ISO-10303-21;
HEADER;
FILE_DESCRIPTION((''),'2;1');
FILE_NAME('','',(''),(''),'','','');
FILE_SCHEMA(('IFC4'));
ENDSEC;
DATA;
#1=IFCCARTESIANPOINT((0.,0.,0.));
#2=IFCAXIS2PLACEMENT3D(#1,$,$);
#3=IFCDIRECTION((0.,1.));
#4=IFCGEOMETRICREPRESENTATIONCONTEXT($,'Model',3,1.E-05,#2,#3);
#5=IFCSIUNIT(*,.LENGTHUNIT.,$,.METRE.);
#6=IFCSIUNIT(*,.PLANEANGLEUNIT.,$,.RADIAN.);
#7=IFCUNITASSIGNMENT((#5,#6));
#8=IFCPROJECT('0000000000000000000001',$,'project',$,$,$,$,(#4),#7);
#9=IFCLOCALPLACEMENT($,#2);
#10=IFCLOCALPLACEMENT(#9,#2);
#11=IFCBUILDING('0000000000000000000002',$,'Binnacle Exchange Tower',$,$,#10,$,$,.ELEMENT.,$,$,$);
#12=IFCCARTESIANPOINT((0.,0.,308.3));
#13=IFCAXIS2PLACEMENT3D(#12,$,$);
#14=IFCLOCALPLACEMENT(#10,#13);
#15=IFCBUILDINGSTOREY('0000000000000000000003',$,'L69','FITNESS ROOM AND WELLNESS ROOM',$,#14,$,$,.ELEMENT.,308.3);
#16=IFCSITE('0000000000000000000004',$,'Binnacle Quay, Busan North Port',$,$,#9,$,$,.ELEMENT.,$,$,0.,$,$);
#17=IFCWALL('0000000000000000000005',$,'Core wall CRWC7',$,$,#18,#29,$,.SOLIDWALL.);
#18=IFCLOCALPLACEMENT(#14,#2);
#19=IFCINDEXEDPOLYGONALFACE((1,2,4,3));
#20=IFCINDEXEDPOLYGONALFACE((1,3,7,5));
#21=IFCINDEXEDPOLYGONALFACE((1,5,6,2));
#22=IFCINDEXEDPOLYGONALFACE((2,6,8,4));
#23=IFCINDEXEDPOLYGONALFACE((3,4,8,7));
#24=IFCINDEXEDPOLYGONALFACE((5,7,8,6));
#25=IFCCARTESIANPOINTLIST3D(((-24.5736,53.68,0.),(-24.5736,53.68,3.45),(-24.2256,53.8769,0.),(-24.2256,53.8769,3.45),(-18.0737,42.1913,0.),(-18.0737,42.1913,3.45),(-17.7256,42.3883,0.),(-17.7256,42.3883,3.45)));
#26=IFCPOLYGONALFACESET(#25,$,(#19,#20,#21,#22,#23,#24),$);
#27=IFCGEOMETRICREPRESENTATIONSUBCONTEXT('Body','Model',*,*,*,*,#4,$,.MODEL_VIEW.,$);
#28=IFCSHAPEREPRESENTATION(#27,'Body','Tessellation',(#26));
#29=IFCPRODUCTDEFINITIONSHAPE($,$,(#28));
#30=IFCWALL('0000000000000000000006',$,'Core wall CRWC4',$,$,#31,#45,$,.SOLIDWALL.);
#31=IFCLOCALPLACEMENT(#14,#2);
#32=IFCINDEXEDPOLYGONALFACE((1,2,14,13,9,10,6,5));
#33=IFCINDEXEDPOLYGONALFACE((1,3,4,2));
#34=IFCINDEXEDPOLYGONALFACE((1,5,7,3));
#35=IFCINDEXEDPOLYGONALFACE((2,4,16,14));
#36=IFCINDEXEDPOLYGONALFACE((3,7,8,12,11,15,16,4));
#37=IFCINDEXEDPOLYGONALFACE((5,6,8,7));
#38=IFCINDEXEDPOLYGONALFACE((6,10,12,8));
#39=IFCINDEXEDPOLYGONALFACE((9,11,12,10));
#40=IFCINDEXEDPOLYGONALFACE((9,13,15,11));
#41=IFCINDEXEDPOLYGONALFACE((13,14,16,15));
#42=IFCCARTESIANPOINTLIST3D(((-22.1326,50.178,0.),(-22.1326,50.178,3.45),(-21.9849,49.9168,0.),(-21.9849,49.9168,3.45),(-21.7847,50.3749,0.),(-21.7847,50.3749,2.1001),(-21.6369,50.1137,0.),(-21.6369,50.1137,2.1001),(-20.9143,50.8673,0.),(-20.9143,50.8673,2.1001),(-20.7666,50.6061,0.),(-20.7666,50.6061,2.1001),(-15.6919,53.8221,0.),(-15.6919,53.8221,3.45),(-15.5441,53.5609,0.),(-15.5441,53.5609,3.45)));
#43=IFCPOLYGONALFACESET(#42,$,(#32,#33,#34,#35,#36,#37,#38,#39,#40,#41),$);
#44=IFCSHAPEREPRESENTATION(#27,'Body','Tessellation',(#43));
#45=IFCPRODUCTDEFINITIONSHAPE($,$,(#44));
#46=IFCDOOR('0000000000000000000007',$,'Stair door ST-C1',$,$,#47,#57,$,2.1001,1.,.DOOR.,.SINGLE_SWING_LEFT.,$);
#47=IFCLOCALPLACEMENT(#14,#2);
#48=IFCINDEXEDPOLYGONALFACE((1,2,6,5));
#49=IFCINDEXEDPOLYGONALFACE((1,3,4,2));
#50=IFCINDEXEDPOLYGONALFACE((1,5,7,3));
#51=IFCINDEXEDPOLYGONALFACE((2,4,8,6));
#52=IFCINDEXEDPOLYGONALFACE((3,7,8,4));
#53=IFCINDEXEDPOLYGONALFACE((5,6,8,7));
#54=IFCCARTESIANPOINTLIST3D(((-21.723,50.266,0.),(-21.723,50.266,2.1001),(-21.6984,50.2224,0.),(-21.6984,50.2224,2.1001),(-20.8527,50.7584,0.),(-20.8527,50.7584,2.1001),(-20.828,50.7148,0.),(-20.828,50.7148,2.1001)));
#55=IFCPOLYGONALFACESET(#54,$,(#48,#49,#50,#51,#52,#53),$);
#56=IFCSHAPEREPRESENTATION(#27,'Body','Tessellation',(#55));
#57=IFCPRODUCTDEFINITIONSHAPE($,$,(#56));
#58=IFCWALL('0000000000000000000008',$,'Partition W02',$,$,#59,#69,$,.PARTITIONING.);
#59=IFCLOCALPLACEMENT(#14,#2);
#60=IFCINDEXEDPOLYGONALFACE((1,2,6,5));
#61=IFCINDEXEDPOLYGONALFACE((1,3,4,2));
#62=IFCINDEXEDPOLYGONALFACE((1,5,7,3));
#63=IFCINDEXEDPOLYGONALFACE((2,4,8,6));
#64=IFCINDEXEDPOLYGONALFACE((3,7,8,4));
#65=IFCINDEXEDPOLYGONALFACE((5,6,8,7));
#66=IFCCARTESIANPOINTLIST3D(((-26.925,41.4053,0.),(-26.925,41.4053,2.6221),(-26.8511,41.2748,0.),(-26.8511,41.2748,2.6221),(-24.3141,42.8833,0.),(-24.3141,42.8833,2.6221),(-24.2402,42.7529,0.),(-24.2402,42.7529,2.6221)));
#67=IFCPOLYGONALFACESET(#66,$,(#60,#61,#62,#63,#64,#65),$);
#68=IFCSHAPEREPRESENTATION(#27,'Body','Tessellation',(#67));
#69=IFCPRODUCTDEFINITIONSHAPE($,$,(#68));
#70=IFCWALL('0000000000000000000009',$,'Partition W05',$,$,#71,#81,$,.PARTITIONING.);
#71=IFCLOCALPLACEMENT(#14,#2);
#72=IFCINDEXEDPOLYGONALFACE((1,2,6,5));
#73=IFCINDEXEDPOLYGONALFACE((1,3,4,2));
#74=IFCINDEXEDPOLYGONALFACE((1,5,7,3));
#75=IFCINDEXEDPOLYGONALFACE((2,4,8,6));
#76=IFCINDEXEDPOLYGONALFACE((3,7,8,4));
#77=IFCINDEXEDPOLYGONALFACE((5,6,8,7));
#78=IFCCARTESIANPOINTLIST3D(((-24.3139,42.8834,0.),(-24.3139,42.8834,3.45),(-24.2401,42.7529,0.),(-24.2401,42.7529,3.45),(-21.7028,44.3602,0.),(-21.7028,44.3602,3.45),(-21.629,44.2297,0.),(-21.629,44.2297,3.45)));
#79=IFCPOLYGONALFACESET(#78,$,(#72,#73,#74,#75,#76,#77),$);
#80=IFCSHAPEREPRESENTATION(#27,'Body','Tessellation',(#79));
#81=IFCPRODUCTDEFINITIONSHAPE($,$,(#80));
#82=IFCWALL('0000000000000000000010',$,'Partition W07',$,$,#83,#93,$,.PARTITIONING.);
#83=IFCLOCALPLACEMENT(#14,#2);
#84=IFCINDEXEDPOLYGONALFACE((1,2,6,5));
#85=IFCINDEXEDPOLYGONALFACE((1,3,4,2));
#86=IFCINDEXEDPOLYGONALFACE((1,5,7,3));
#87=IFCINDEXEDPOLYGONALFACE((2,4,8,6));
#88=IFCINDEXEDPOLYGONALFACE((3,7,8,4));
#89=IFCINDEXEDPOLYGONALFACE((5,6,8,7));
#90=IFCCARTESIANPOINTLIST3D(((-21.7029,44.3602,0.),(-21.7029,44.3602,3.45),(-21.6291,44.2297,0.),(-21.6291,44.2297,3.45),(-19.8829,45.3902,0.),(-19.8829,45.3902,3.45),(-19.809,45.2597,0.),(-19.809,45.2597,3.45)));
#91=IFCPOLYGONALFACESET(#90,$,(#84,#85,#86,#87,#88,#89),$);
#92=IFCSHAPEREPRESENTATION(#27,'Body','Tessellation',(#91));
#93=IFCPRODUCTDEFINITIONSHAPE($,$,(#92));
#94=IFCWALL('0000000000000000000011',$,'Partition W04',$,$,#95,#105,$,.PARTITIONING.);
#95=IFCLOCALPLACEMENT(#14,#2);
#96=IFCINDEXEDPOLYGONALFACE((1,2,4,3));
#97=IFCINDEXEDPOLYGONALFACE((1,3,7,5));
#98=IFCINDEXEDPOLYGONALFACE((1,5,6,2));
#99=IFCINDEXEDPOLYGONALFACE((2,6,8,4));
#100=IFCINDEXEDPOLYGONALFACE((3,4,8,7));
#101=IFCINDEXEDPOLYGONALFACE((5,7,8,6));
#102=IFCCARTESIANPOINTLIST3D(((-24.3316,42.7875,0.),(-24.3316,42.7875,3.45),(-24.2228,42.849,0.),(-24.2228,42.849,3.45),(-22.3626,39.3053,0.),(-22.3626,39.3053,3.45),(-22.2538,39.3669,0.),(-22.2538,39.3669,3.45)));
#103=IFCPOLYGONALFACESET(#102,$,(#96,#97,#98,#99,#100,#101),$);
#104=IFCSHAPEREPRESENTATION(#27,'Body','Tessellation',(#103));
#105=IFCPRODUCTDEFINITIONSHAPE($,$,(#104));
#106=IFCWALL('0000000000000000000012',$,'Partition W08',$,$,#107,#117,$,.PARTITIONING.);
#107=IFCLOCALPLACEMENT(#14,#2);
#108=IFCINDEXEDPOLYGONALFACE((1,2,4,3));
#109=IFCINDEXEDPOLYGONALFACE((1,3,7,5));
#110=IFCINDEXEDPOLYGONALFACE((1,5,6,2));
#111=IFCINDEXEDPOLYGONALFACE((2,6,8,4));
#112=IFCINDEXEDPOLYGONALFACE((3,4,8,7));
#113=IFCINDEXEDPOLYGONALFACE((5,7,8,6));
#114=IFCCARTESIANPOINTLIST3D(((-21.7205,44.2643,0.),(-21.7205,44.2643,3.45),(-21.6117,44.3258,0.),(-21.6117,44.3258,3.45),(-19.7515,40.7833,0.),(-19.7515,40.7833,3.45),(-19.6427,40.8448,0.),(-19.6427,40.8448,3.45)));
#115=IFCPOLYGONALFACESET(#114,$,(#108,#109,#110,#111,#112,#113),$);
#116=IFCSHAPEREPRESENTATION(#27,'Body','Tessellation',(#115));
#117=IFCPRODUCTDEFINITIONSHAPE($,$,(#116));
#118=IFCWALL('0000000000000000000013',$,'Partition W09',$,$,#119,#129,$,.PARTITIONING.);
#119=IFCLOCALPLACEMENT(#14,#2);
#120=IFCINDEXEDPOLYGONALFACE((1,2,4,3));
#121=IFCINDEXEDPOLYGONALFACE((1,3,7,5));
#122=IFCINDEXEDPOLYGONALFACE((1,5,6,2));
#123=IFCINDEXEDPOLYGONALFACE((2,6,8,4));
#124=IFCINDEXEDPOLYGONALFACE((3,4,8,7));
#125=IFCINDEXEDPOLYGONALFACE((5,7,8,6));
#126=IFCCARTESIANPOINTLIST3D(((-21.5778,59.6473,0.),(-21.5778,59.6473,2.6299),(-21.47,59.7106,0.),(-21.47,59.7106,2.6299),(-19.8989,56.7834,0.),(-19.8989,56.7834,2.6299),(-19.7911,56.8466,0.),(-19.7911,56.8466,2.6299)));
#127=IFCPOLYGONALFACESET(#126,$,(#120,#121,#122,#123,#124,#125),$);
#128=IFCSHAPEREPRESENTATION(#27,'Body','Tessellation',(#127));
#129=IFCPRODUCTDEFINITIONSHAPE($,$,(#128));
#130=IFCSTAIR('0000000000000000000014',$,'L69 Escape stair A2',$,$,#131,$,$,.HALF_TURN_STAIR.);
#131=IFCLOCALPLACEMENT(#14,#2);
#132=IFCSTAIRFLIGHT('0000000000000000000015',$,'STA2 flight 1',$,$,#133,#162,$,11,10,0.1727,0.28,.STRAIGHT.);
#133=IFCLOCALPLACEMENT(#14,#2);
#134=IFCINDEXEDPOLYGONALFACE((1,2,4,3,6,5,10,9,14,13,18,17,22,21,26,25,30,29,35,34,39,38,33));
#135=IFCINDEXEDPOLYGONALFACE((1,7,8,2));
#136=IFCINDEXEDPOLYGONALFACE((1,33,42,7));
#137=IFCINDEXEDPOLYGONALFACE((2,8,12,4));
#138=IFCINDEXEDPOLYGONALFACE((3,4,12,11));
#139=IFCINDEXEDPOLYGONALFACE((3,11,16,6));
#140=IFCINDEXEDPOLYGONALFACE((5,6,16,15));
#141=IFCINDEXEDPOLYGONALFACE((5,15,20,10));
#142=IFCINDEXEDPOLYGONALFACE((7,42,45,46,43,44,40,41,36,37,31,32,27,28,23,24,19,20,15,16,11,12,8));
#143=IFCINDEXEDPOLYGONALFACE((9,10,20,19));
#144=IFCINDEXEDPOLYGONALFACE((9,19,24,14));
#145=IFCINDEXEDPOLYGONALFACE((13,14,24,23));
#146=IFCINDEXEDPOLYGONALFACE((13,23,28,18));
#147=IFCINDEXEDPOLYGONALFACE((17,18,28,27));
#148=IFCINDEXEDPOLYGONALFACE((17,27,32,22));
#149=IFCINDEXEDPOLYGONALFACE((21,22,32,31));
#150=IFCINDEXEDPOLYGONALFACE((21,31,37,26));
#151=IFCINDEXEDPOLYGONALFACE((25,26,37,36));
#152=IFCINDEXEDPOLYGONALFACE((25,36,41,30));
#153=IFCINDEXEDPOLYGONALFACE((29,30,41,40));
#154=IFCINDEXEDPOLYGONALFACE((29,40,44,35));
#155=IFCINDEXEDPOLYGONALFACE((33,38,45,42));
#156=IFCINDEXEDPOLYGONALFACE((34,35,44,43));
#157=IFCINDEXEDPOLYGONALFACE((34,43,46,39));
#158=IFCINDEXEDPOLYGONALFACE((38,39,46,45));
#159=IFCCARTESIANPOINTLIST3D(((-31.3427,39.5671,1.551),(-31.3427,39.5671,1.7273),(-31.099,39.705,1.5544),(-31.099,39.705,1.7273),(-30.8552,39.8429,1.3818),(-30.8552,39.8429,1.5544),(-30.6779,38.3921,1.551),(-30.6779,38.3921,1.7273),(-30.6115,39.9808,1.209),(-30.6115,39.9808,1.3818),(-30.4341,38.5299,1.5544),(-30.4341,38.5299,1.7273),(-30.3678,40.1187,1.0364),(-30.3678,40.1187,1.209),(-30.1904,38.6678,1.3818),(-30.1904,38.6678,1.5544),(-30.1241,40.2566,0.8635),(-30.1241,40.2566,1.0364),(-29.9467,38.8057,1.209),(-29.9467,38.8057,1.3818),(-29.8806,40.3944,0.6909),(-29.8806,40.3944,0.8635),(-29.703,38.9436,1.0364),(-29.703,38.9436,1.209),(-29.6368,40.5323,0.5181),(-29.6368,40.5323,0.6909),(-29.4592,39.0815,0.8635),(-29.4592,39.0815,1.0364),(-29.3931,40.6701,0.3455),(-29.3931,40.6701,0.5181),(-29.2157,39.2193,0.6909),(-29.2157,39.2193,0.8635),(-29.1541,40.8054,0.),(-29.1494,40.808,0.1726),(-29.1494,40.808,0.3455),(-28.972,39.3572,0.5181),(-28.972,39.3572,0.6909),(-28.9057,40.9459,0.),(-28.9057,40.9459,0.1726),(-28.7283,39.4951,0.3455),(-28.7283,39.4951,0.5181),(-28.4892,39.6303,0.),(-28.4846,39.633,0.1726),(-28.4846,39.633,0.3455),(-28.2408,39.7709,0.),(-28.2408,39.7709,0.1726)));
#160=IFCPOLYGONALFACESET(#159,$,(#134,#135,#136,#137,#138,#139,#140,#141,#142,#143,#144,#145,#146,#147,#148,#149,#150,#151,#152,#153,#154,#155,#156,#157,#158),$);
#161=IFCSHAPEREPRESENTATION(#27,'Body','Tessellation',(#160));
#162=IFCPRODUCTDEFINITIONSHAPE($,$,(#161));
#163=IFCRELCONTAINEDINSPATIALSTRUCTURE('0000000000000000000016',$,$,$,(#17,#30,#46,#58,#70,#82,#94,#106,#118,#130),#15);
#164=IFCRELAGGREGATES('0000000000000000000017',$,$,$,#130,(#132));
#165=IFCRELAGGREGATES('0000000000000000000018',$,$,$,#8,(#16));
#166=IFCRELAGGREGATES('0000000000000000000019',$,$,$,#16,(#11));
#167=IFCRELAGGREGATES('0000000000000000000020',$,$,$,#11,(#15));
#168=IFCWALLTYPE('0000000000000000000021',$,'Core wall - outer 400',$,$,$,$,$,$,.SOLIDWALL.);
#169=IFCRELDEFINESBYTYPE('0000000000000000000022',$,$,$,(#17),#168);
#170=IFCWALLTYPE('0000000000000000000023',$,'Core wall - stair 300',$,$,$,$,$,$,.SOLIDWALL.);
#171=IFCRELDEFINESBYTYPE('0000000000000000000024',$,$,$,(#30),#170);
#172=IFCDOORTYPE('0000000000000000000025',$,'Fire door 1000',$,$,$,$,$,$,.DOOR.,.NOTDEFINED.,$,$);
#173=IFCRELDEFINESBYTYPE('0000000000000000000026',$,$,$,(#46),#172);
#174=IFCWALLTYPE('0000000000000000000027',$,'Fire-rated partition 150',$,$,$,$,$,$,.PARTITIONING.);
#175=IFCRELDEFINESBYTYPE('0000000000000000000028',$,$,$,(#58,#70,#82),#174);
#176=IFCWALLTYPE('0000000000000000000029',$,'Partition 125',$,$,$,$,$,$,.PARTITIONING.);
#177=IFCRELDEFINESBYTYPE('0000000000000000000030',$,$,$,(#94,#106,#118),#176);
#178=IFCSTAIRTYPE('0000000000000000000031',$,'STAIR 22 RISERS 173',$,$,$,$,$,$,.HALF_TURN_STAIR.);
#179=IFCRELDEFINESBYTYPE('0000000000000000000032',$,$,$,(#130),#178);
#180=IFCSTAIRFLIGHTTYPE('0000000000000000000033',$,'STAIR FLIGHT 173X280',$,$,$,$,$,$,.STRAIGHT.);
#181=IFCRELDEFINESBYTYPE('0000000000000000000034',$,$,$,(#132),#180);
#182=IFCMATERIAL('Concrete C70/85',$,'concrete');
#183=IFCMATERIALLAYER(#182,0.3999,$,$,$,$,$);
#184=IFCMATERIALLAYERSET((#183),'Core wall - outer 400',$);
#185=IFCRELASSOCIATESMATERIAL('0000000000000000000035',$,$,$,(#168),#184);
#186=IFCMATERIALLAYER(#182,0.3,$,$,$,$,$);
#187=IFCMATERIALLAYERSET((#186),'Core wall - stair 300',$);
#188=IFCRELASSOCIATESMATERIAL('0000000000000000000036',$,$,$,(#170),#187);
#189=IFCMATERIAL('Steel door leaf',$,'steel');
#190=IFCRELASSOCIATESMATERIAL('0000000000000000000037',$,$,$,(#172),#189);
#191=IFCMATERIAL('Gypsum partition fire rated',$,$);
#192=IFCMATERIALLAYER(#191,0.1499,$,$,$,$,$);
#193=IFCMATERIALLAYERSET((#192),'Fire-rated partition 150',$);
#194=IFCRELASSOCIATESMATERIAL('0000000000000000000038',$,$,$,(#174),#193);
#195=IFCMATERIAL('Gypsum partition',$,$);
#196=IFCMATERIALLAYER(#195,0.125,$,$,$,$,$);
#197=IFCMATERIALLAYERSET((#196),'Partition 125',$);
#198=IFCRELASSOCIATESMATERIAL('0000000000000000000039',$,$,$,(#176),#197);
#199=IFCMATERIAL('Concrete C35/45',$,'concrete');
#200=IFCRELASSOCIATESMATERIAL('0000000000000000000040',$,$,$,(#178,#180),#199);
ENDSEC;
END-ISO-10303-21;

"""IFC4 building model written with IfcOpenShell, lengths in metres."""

from ifc_helpers import new_model, si_unit, direction, frame, frame_2d, origin, place, context, subcontext, project, spatial, polyline, rectangle, outline, extrude, material, layer, layer_set, type_object, element, fill, aggregate, save


model = new_model("IFC4")

# Units and contexts
model_context = context("Model", 3, precision=1e-05, world=origin(), true_north=direction((0.0, 1.0)))
body_context = subcontext(model_context, "Body", "Model", "MODEL_VIEW")
ifc_project = project(units=[si_unit("LENGTHUNIT", "METRE"), si_unit("PLANEANGLEUNIT", "RADIAN")], contexts=[model_context])

# Site, building, storey
site_placement = place(None, origin())
site = spatial("IfcSite", under=ifc_project, at=site_placement, Name="Binnacle Quay, Busan North Port", CompositionType="ELEMENT", RefElevation=0.0)
building_placement = place(site_placement, origin())
building = spatial("IfcBuilding", under=site, at=building_placement, Name="Binnacle Exchange Tower", CompositionType="ELEMENT")
storey_placement = place(building_placement, frame((0.0, 0.0, 308.3)))
storey = spatial("IfcBuildingStorey", under=building, at=storey_placement, Name="L69", Description="FITNESS ROOM AND WELLNESS ROOM", CompositionType="ELEMENT", Elevation=308.3)

# Wall
ifc_material_1 = material(Name="Concrete C70/85", Category="concrete")
ifc_layer_1 = layer(ifc_material_1, 0.3999)
ifc_layer_set_1 = layer_set([ifc_layer_1], Name="Core wall - outer 400")
wall_type_1 = type_object("IfcWallType", Name="Core wall - outer 400", PredefinedType="SOLIDWALL", material=ifc_layer_set_1)
wall_1_placement = place(storey_placement, frame((-24.3997, 53.7786, 0.0), z_axis=(0.0, 0.0, 1.0), x_axis=(0.492422, -0.870357, 0.0)))
element("IfcWall", 1, at=wall_1_placement, inside=storey, type_object=wall_type_1, Name="Core wall CRWC7", PredefinedType="SOLIDWALL", context=body_context, shape_type="SweptSolid", body=[
    extrude(rectangle(XDim=13.2, YDim=0.3999, at=frame_2d((6.6001, 0.0))), origin(), (0.0, 0.0, 1.0), 3.45),
])

# Wall, opening, door
ifc_layer_2 = layer(ifc_material_1, 0.3)
ifc_layer_set_2 = layer_set([ifc_layer_2], Name="Core wall - stair 300")
wall_type_2 = type_object("IfcWallType", Name="Core wall - stair 300", PredefinedType="SOLIDWALL", material=ifc_layer_set_2)
wall_2_placement = place(storey_placement, frame((-22.0588, 50.0474, 0.0), z_axis=(0.0, 0.0, 1.0), x_axis=(0.870351, 0.492432, 0.0)))
wall_2 = element("IfcWall", 2, at=wall_2_placement, inside=storey, type_object=wall_type_2, Name="Core wall CRWC4", PredefinedType="SOLIDWALL", context=body_context, shape_type="SweptSolid", body=[
    extrude(rectangle(XDim=7.4001, YDim=0.3, at=frame_2d((3.7002, 0.0))), origin(), (0.0, 0.0, 1.0), 3.45),
])
opening_placement = place(wall_2_placement, frame((0.3999, 0.0, 0.0)))
opening = element("IfcOpeningElement", 3, at=opening_placement, cuts=wall_2, PredefinedType="OPENING", context=body_context, shape_type="SweptSolid", body=[
    extrude(rectangle(XDim=1.0, YDim=2.1001, at=frame_2d((0.5, 1.05))), frame((0.0, 0.1599, 0.0), z_axis=(0.0, -1.0, 0.0), x_axis=(1.0, 0.0, 0.0)), (0.0, 0.0, 1.0), 0.3201),
])
ifc_material_2 = material(Name="Steel door leaf", Category="steel")
door_type = type_object("IfcDoorType", Name="Fire door 1000", OperationType="NOTDEFINED", PredefinedType="DOOR", material=ifc_material_2)
door_placement = place(opening_placement, origin())
door = element("IfcDoor", 4, at=door_placement, inside=storey, type_object=door_type, Name="Stair door ST-C1", OperationType="SINGLE_SWING_LEFT", OverallHeight=2.1001, OverallWidth=1.0, PredefinedType="DOOR", context=body_context, shape_type="SweptSolid", body=[
    extrude(rectangle(XDim=1.0, YDim=2.1001, at=frame_2d((0.5, 1.05))), frame((0.0, 0.0249, 0.0), z_axis=(0.0, -1.0, 0.0), x_axis=(1.0, 0.0, 0.0)), (0.0, 0.0, 1.0), 0.05),
])
fill(opening, door)

# Walls
ifc_material_3 = material(Name="Gypsum partition fire rated")
ifc_layer_3 = layer(ifc_material_3, 0.1499)
ifc_layer_set_3 = layer_set([ifc_layer_3], Name="Fire-rated partition 150")
wall_type_3 = type_object("IfcWallType", Name="Fire-rated partition 150", PredefinedType="PARTITIONING", material=ifc_layer_set_3)
wall_3_placement = place(storey_placement, frame((-26.8879, 41.3401, 0.0), z_axis=(0.0, 0.0, 1.0), x_axis=(0.870229, 0.492647, 0.0)))
element("IfcWall", 5, at=wall_3_placement, inside=storey, type_object=wall_type_3, Name="Partition W02", PredefinedType="PARTITIONING", context=body_context, shape_type="SweptSolid", body=[
    extrude(rectangle(XDim=3.0002, YDim=0.1499, at=frame_2d((1.5, 0.0))), origin(), (0.0, 0.0, 1.0), 2.6221),
])
wall_4_placement = place(storey_placement, frame((-24.2771, 42.8181, 0.0), z_axis=(0.0, 0.0, 1.0), x_axis=(0.870423, 0.492304, 0.0)))
element("IfcWall", 6, at=wall_4_placement, inside=storey, type_object=wall_type_3, Name="Partition W05", PredefinedType="PARTITIONING", context=body_context, shape_type="SweptSolid", body=[
    extrude(rectangle(XDim=2.9998, YDim=0.1499, at=frame_2d((1.5, 0.0))), origin(), (0.0, 0.0, 1.0), 3.45),
])
wall_5_placement = place(storey_placement, frame((-21.666, 44.2949, 0.0), z_axis=(0.0, 0.0, 1.0), x_axis=(0.870297, 0.492526, 0.0)))
element("IfcWall", 7, at=wall_5_placement, inside=storey, type_object=wall_type_3, Name="Partition W07", PredefinedType="PARTITIONING", context=body_context, shape_type="SweptSolid", body=[
    extrude(rectangle(XDim=2.0913, YDim=0.1499, at=frame_2d((1.0457, 0.0))), origin(), (0.0, 0.0, 1.0), 3.45),
])
ifc_material_4 = material(Name="Gypsum partition")
ifc_layer_4 = layer(ifc_material_4, 0.125)
ifc_layer_set_4 = layer_set([ifc_layer_4], Name="Partition 125")
wall_type_4 = type_object("IfcWallType", Name="Partition 125", PredefinedType="PARTITIONING", material=ifc_layer_set_4)
wall_6_placement = place(storey_placement, frame((-24.2771, 42.8181, 0.0), z_axis=(0.0, 0.0, 1.0), x_axis=(0.49221, -0.870476, 0.0)))
element("IfcWall", 8, at=wall_6_placement, inside=storey, type_object=wall_type_4, Name="Partition W04", PredefinedType="PARTITIONING", context=body_context, shape_type="SweptSolid", body=[
    extrude(rectangle(XDim=4.0002, YDim=0.125, at=frame_2d((2.0, 0.0))), origin(), (0.0, 0.0, 1.0), 3.45),
])
wall_7_placement = place(storey_placement, frame((-21.666, 44.2949, 0.0), z_axis=(0.0, 0.0, 1.0), x_axis=(0.492341, -0.870402, 0.0)))
element("IfcWall", 9, at=wall_7_placement, inside=storey, type_object=wall_type_4, Name="Partition W08", PredefinedType="PARTITIONING", context=body_context, shape_type="SweptSolid", body=[
    extrude(rectangle(XDim=3.9993, YDim=0.125, at=frame_2d((1.9995, 0.0))), origin(), (0.0, 0.0, 1.0), 3.45),
])
wall_8_placement = place(storey_placement, frame((-21.5239, 59.679, 0.0), z_axis=(0.0, 0.0, 1.0), x_axis=(0.505731, -0.862691, 0.0)))
element("IfcWall", 10, at=wall_8_placement, inside=storey, type_object=wall_type_4, Name="Partition W09", PredefinedType="PARTITIONING", context=body_context, shape_type="SweptSolid", body=[
    extrude(rectangle(XDim=3.3198, YDim=0.125, at=frame_2d((1.6599, 0.0))), origin(), (0.0, 0.0, 1.0), 2.6299),
])

# Stair, stair flight
ifc_material_5 = material(Name="Concrete C35/45", Category="concrete")
stair_type = type_object("IfcStairType", Name="STAIR 22 RISERS 173", PredefinedType="HALF_TURN_STAIR", material=ifc_material_5)
stair_1_placement = place(storey_placement, origin())
stair_1 = element("IfcStair", 11, at=stair_1_placement, inside=storey, type_object=stair_type, Name="L69 Escape stair A2", PredefinedType="HALF_TURN_STAIR")
stair_flight_type = type_object("IfcStairFlightType", Name="STAIR FLIGHT 173X280", PredefinedType="STRAIGHT", material=ifc_material_5)
stair_flight_1_placement = place(storey_placement, frame((-28.5732, 40.3584, 0.0), z_axis=(0.0, 0.0, 1.0), x_axis=(-0.870356, -0.492424, 0.0)))
stair_flight_1 = element("IfcStairFlight", 12, at=stair_flight_1_placement, type_object=stair_flight_type, Name="STA2 flight 1", NumberOfRisers=11, NumberOfTreads=10, PredefinedType="STRAIGHT", RiserHeight=0.1727, TreadLength=0.28, context=body_context, shape_type="SweptSolid", body=[
    extrude(outline(polyline([(0.0, 0.0), (0.0, 0.1726), (0.28, 0.1726), (0.28, 0.3455), (0.5601, 0.3455), (0.5601, 0.5181), (0.8401, 0.5181), (0.8401, 0.6909), (1.1201, 0.6909), (1.1201, 0.8635), (1.3999, 0.8635), (1.3999, 1.0364), (1.6799, 1.0364), (1.6799, 1.209), (1.96, 1.209), (1.96, 1.3818), (2.24, 1.3818), (2.24, 1.5544), (2.52, 1.5544), (2.52, 1.7273), (2.8, 1.7273), (2.8, 1.8999), (2.8, 1.551), (0.2854, 0.0), (0.0, 0.0)])), frame((0.0, 0.675, 0.0), z_axis=(0.0, -1.0, 0.0), x_axis=(1.0, 0.0, 0.0)), (0.0, 0.0, 1.0), 1.3501),
])
aggregate(stair_1, [stair_flight_1])

save(model, "model.ifc")
